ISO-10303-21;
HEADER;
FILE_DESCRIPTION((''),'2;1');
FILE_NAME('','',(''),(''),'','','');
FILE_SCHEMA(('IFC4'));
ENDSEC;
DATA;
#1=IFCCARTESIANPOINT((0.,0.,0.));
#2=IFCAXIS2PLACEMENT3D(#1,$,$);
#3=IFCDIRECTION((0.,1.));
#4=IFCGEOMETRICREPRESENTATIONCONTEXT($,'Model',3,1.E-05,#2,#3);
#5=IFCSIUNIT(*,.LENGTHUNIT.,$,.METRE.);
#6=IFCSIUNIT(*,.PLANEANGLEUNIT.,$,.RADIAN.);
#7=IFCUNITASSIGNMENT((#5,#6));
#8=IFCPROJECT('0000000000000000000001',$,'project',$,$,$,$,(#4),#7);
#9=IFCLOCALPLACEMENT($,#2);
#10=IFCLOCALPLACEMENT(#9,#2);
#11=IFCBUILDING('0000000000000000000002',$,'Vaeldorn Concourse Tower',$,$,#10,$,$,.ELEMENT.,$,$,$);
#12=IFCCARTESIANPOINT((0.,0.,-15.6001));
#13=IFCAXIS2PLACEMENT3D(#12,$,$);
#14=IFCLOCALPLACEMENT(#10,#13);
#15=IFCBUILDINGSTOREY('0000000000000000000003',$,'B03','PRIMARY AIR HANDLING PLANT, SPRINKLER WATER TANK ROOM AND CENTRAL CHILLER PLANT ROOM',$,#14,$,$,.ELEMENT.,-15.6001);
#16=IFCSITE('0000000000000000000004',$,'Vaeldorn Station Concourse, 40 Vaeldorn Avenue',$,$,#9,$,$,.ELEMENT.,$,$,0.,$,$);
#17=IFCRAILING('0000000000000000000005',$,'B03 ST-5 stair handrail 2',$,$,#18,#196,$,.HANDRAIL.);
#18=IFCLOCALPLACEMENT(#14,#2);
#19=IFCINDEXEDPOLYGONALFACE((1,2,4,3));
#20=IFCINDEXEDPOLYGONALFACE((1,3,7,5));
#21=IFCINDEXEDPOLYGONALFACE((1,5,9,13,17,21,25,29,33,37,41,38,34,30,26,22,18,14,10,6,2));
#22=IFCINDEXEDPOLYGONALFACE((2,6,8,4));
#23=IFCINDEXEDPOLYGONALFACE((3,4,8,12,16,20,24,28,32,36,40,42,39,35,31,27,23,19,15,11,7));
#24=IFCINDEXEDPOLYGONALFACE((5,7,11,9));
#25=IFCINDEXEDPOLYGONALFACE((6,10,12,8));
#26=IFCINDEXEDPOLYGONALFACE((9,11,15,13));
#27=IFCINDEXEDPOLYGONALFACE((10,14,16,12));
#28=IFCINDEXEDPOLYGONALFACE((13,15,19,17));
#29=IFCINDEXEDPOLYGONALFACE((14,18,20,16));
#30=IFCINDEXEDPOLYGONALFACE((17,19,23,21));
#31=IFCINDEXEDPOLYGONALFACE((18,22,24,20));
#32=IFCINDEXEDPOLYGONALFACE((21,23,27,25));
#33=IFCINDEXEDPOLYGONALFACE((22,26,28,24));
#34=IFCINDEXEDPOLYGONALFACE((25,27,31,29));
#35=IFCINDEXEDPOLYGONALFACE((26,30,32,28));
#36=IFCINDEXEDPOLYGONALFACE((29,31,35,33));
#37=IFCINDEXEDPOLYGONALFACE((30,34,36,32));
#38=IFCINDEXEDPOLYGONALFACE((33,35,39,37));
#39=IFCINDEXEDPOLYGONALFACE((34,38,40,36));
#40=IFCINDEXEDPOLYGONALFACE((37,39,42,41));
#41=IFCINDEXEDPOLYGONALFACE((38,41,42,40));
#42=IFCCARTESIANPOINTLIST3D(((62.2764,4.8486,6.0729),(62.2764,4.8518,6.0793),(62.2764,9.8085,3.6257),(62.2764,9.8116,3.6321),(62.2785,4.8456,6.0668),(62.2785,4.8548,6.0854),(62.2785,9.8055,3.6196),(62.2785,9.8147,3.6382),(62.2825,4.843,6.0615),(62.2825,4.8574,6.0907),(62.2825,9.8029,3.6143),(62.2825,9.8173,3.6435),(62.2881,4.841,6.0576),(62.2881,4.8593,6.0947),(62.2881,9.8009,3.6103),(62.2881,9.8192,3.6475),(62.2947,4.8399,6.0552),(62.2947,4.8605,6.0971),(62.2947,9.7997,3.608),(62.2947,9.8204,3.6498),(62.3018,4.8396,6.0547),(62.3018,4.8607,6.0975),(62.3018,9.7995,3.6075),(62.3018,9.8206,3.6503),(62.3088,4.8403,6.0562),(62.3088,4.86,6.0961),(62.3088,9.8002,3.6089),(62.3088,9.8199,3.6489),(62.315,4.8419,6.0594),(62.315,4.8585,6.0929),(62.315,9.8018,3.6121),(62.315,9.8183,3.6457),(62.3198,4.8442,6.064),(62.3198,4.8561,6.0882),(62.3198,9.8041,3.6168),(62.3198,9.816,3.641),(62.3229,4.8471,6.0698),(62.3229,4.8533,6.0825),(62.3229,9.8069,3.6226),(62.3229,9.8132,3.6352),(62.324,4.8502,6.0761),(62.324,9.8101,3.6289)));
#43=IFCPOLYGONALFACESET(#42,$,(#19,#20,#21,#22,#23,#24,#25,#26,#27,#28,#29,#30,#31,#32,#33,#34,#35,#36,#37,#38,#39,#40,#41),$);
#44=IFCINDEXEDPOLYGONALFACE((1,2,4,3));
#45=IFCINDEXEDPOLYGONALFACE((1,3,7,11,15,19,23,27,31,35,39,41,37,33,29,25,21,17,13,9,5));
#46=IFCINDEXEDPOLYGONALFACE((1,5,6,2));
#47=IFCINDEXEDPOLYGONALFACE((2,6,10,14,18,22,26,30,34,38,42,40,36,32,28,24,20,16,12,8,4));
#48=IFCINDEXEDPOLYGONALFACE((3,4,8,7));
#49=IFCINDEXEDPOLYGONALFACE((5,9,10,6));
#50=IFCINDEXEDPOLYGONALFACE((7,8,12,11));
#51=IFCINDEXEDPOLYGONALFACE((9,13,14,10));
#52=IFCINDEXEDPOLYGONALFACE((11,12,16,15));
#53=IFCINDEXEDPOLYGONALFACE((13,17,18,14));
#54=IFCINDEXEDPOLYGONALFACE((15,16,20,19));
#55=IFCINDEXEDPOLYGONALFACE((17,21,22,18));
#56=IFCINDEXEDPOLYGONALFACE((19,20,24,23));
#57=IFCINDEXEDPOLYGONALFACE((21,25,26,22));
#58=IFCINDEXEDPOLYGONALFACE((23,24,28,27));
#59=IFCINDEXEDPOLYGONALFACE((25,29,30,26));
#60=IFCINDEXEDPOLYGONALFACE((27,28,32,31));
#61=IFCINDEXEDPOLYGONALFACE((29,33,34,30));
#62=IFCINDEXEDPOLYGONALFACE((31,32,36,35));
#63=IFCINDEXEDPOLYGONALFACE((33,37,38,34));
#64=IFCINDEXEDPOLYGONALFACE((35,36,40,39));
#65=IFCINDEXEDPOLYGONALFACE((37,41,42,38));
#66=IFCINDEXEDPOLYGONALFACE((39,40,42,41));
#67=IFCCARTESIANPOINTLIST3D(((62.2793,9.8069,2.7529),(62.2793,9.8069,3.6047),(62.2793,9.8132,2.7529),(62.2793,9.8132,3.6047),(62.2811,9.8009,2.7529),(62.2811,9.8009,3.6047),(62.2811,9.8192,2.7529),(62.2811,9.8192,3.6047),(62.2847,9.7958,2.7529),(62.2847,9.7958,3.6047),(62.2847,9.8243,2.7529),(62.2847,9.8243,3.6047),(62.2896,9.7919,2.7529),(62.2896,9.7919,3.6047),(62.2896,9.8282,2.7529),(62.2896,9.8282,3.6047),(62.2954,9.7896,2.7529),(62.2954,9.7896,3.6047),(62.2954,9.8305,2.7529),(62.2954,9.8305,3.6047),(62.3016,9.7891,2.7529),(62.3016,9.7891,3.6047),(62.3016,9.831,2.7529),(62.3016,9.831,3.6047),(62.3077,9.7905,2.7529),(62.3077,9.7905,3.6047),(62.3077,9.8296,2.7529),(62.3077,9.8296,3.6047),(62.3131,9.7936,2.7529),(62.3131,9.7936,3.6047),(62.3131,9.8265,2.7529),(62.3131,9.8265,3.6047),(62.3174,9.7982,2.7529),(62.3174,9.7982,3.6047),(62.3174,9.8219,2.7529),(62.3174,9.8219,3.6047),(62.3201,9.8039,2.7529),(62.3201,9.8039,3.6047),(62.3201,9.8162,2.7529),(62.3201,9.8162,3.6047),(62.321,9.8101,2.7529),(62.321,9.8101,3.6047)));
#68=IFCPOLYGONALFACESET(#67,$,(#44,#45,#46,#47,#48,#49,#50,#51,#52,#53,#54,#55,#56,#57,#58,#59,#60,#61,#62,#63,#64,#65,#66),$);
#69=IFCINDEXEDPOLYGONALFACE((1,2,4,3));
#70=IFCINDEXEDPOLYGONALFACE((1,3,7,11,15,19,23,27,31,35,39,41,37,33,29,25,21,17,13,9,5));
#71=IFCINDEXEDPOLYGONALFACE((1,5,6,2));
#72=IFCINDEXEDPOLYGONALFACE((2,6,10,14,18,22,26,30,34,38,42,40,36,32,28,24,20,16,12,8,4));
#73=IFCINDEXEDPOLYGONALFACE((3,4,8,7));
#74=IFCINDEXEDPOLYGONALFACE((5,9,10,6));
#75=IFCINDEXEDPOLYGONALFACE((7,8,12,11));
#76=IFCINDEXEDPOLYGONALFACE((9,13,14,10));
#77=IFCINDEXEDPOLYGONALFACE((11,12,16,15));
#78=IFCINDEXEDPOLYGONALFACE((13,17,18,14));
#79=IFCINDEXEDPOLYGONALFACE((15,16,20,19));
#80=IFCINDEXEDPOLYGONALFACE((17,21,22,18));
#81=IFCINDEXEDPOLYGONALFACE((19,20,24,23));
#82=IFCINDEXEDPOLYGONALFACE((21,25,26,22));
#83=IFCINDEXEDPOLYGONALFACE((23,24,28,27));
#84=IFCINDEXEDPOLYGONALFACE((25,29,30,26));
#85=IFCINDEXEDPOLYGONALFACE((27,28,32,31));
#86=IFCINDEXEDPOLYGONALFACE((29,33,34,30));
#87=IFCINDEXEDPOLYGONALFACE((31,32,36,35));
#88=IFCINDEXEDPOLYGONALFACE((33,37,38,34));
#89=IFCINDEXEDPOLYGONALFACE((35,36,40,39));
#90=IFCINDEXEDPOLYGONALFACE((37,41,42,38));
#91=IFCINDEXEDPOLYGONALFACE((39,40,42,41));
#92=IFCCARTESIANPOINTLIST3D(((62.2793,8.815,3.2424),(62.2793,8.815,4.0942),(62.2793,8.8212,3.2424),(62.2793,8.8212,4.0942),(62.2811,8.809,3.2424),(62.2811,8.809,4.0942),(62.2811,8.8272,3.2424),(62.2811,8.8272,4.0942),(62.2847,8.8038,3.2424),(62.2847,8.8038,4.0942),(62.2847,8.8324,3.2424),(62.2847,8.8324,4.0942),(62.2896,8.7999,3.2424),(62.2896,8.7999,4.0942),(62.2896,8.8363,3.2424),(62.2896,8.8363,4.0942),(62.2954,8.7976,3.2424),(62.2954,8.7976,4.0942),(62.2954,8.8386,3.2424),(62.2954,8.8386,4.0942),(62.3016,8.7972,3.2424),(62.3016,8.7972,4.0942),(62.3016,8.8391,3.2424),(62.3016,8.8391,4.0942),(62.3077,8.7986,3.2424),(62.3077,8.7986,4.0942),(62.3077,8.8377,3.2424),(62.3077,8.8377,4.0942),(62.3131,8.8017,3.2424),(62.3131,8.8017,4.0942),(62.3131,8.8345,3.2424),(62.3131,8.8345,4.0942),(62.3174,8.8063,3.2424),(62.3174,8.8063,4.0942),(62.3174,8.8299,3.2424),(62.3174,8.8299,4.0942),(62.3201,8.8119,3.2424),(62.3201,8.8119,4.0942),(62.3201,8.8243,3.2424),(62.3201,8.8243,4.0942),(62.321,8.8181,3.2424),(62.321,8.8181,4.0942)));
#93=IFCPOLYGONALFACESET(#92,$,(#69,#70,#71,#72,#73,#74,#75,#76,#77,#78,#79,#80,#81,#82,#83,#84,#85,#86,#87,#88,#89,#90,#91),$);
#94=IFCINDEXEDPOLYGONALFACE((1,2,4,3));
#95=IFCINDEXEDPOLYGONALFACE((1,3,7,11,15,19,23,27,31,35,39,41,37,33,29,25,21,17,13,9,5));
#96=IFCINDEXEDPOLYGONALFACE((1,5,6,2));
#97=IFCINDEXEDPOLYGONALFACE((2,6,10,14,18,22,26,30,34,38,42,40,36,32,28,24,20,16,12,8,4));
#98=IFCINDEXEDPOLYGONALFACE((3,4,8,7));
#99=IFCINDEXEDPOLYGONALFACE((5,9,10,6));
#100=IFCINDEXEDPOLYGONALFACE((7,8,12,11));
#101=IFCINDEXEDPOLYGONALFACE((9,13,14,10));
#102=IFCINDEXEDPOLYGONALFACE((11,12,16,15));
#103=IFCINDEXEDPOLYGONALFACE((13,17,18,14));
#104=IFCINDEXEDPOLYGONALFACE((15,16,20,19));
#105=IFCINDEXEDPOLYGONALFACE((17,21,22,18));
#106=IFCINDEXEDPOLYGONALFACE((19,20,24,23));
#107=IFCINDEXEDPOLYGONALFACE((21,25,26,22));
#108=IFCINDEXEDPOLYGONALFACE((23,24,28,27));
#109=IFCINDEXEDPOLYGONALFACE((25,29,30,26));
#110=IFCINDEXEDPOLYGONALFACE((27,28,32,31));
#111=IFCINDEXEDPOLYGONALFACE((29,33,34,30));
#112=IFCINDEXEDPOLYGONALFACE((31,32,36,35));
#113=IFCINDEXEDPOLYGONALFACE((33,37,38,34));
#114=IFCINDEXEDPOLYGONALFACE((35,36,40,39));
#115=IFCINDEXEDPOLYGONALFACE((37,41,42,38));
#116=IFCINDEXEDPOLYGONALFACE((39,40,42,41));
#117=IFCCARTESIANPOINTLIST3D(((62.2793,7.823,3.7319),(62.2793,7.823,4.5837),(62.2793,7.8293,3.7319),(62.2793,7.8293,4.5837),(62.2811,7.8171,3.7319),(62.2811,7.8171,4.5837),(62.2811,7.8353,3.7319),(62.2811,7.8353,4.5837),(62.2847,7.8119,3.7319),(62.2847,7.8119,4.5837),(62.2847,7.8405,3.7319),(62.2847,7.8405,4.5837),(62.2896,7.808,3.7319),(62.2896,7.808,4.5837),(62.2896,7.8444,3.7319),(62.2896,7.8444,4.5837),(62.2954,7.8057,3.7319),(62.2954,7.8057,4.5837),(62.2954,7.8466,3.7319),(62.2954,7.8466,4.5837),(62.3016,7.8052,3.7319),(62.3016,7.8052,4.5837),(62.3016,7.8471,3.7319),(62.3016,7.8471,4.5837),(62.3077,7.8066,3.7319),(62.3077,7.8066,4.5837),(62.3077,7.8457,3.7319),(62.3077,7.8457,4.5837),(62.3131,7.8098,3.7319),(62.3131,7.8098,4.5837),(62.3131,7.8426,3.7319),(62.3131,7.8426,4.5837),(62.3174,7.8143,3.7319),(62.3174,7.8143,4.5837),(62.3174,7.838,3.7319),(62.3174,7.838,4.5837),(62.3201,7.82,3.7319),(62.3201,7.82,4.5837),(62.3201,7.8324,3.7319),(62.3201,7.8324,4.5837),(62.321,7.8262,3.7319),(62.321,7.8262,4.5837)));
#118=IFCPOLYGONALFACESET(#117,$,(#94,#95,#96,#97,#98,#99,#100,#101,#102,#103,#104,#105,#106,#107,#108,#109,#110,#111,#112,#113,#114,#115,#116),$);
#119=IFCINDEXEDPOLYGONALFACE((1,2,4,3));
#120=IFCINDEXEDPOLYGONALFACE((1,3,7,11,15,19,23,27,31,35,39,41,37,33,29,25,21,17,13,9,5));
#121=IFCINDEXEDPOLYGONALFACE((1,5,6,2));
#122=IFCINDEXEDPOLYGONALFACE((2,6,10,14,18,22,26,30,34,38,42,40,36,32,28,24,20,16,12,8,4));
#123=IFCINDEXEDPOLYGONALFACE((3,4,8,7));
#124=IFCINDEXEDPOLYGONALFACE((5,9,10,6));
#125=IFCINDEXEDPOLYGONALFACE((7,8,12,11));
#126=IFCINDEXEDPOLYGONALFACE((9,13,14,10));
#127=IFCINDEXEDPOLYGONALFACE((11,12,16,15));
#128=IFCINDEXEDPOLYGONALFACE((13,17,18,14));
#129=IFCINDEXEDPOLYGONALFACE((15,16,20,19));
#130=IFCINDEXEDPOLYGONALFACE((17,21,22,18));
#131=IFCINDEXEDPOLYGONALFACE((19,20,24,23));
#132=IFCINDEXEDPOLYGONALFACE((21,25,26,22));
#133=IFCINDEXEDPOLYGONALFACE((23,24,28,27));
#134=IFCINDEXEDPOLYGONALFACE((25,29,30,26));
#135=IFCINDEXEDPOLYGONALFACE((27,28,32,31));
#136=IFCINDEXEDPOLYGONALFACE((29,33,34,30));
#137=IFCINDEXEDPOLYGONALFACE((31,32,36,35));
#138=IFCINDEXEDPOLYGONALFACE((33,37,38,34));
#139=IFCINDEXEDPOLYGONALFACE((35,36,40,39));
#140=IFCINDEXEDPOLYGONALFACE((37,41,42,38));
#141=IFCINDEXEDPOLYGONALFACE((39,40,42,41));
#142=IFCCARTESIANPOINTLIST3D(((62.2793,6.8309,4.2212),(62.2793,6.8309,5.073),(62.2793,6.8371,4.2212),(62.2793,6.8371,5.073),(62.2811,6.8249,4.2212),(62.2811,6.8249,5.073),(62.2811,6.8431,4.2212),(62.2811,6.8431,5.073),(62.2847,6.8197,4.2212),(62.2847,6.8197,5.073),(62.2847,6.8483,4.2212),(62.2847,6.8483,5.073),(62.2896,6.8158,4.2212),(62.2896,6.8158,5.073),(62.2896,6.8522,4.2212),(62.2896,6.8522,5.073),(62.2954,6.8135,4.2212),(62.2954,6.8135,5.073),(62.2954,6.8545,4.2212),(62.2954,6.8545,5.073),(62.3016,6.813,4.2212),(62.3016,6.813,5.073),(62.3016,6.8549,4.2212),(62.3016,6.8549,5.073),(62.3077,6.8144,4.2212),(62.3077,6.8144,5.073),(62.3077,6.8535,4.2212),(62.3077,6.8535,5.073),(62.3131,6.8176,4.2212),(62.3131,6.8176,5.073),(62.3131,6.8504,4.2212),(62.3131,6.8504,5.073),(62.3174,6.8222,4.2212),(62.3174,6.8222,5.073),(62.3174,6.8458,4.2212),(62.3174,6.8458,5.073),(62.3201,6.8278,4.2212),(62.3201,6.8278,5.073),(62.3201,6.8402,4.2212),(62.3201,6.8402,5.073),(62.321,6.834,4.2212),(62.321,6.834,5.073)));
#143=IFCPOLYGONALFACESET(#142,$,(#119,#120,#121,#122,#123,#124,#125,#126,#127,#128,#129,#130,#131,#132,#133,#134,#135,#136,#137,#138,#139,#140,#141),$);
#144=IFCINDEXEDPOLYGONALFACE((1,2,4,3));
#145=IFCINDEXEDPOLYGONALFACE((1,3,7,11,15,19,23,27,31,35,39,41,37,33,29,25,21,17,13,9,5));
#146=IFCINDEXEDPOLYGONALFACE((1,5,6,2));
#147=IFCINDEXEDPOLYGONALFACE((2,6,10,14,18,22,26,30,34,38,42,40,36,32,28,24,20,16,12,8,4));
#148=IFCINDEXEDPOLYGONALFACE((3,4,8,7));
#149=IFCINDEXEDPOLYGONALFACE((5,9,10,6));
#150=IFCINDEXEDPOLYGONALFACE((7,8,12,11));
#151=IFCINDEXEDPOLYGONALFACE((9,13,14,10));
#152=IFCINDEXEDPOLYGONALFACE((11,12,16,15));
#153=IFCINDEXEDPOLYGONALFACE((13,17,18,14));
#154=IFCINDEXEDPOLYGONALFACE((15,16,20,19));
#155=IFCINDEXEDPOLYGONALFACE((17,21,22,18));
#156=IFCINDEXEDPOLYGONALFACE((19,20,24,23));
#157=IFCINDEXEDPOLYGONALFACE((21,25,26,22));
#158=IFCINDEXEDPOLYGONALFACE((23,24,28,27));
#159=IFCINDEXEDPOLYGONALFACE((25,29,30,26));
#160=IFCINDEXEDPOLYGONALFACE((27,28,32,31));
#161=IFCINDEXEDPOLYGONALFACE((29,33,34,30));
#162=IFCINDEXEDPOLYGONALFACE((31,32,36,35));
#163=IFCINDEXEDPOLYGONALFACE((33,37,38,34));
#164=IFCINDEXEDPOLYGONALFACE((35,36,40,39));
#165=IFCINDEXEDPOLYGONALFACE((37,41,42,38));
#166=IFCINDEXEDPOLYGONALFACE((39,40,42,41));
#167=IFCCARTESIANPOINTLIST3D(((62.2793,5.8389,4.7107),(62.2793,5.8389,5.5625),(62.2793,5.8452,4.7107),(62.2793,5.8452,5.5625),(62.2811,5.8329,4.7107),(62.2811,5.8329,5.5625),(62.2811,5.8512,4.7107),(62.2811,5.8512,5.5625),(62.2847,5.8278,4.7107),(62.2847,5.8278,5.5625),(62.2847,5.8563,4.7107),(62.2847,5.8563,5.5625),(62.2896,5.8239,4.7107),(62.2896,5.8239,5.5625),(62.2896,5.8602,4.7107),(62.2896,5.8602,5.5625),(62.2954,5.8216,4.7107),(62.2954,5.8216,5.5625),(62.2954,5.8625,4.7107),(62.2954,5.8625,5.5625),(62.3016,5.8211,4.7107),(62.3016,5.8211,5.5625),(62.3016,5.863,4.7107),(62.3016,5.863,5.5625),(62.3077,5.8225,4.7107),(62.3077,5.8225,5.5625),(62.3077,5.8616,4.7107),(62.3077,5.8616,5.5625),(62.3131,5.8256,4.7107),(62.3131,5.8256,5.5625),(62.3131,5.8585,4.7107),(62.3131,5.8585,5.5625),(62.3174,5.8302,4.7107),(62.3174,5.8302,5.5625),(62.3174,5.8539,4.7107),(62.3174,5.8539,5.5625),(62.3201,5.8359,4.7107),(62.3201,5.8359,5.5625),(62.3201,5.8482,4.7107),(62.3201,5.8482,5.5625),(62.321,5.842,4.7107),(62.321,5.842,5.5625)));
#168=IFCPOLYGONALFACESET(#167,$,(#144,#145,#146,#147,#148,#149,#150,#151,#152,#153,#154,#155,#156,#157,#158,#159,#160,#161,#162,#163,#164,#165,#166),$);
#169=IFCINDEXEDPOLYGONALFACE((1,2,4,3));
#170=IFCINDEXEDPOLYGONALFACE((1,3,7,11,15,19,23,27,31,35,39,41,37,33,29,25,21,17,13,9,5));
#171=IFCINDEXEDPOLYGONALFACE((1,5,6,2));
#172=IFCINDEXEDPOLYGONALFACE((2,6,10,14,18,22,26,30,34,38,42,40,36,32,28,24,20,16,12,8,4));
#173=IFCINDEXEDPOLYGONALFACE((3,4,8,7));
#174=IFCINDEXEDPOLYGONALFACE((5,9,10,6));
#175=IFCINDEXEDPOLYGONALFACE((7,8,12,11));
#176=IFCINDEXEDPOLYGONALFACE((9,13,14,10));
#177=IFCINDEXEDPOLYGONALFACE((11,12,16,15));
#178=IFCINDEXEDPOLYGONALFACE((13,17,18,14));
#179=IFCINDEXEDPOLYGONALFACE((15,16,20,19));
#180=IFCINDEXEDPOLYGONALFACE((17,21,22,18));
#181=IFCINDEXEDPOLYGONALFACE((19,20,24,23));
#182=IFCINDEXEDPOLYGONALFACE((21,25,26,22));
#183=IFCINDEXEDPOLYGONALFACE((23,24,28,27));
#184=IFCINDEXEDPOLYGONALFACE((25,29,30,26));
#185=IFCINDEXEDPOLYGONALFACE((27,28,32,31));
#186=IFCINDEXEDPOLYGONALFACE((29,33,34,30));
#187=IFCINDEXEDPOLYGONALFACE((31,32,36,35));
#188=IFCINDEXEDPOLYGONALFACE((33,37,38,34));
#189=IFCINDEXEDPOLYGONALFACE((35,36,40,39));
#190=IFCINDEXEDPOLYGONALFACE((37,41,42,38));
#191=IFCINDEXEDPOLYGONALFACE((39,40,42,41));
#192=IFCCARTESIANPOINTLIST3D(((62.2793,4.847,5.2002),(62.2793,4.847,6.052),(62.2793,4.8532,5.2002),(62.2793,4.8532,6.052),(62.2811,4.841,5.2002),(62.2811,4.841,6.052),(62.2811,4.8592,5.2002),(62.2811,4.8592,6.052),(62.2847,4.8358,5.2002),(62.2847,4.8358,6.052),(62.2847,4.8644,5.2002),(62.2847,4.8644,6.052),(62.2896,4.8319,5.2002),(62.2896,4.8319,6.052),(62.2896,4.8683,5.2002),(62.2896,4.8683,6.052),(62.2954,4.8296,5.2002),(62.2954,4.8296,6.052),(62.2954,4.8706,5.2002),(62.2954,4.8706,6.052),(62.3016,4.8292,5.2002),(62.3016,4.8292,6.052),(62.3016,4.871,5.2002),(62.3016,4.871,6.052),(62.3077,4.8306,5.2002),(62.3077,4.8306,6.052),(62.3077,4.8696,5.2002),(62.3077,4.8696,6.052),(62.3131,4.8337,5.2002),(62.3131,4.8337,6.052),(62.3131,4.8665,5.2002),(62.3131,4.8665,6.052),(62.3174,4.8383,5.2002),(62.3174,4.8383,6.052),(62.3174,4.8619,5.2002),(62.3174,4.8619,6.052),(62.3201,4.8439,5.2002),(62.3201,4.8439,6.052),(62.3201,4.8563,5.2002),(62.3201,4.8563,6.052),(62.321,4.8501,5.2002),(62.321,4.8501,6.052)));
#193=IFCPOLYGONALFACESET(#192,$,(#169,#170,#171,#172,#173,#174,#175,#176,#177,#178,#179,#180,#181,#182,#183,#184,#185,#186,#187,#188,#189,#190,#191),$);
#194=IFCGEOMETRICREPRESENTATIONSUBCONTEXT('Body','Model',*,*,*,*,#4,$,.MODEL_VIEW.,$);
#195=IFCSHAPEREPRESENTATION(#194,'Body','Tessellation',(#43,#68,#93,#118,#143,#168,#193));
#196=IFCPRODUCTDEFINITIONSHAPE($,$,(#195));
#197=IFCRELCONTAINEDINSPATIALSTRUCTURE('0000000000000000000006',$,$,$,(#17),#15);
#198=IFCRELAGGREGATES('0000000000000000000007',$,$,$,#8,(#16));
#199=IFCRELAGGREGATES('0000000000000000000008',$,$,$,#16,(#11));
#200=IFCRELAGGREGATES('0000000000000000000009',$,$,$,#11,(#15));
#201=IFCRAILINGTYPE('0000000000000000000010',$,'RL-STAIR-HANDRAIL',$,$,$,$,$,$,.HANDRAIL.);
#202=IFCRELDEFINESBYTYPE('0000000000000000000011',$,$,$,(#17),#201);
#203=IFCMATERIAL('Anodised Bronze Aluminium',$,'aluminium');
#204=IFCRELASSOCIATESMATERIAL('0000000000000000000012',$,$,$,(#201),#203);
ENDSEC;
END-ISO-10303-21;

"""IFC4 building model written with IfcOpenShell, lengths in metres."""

from ifc_helpers import new_model, si_unit, direction, frame, origin, origin_2d, place, context, subcontext, project, spatial, circle, extrude, material, type_object, element, save


model = new_model("IFC4")

# Units and contexts
model_context = context("Model", 3, precision=1e-05, world=origin(), true_north=direction((0.0, 1.0)))
body_context = subcontext(model_context, "Body", "Model", "MODEL_VIEW")
ifc_project = project(units=[si_unit("LENGTHUNIT", "METRE"), si_unit("PLANEANGLEUNIT", "RADIAN")], contexts=[model_context])

# Site, building, storey
site_placement = place(None, origin())
site = spatial("IfcSite", under=ifc_project, at=site_placement, Name="Vaeldorn Station Concourse, 40 Vaeldorn Avenue", CompositionType="ELEMENT", RefElevation=0.0)
building_placement = place(site_placement, origin())
building = spatial("IfcBuilding", under=site, at=building_placement, Name="Vaeldorn Concourse Tower", CompositionType="ELEMENT")
storey_placement = place(building_placement, frame((0.0, 0.0, -15.6001)))
storey = spatial("IfcBuildingStorey", under=building, at=storey_placement, Name="B03", Description="PRIMARY AIR HANDLING PLANT, SPRINKLER WATER TANK ROOM AND CENTRAL CHILLER PLANT ROOM", CompositionType="ELEMENT", Elevation=-15.6001)

# Railing
ifc_material_1 = material(Name="Anodised Bronze Aluminium", Category="aluminium")
railing_type_1 = type_object("IfcRailingType", Name="RL-STAIR-HANDRAIL", PredefinedType="HANDRAIL", material=ifc_material_1)
railing_1_placement = place(storey_placement, frame((62.3, 9.8101, 2.7529)))
element("IfcRailing", 1, at=railing_1_placement, inside=storey, type_object=railing_type_1, Name="B03 ST-5 stair handrail 2", PredefinedType="HANDRAIL", context=body_context, shape_type="SweptSolid", body=[
    extrude(circle(Radius=0.0239, at=origin_2d()), frame((0.0, 0.0, 0.876), z_axis=(0.0, -0.896781, 0.442475), x_axis=(1.0, 0.0, 0.0)), (0.0, 0.0, 1.0), 5.5308),
    extrude(circle(Radius=0.021, at=origin_2d()), origin(), (0.0, 0.0, 1.0), 0.8518),
    extrude(circle(Radius=0.021, at=origin_2d()), frame((0.0, -0.9919, 0.4895)), (0.0, 0.0, 1.0), 0.8518),
    extrude(circle(Radius=0.021, at=origin_2d()), frame((0.0, -1.9839, 0.979)), (0.0, 0.0, 1.0), 0.8518),
    extrude(circle(Radius=0.021, at=origin_2d()), frame((0.0, -2.9761, 1.4683)), (0.0, 0.0, 1.0), 0.8518),
    extrude(circle(Radius=0.021, at=origin_2d()), frame((0.0, -3.968, 1.9578)), (0.0, 0.0, 1.0), 0.8518),
    extrude(circle(Radius=0.021, at=origin_2d()), frame((0.0, -4.96, 2.4473)), (0.0, 0.0, 1.0), 0.8518),
])

save(model, "model.ifc")
